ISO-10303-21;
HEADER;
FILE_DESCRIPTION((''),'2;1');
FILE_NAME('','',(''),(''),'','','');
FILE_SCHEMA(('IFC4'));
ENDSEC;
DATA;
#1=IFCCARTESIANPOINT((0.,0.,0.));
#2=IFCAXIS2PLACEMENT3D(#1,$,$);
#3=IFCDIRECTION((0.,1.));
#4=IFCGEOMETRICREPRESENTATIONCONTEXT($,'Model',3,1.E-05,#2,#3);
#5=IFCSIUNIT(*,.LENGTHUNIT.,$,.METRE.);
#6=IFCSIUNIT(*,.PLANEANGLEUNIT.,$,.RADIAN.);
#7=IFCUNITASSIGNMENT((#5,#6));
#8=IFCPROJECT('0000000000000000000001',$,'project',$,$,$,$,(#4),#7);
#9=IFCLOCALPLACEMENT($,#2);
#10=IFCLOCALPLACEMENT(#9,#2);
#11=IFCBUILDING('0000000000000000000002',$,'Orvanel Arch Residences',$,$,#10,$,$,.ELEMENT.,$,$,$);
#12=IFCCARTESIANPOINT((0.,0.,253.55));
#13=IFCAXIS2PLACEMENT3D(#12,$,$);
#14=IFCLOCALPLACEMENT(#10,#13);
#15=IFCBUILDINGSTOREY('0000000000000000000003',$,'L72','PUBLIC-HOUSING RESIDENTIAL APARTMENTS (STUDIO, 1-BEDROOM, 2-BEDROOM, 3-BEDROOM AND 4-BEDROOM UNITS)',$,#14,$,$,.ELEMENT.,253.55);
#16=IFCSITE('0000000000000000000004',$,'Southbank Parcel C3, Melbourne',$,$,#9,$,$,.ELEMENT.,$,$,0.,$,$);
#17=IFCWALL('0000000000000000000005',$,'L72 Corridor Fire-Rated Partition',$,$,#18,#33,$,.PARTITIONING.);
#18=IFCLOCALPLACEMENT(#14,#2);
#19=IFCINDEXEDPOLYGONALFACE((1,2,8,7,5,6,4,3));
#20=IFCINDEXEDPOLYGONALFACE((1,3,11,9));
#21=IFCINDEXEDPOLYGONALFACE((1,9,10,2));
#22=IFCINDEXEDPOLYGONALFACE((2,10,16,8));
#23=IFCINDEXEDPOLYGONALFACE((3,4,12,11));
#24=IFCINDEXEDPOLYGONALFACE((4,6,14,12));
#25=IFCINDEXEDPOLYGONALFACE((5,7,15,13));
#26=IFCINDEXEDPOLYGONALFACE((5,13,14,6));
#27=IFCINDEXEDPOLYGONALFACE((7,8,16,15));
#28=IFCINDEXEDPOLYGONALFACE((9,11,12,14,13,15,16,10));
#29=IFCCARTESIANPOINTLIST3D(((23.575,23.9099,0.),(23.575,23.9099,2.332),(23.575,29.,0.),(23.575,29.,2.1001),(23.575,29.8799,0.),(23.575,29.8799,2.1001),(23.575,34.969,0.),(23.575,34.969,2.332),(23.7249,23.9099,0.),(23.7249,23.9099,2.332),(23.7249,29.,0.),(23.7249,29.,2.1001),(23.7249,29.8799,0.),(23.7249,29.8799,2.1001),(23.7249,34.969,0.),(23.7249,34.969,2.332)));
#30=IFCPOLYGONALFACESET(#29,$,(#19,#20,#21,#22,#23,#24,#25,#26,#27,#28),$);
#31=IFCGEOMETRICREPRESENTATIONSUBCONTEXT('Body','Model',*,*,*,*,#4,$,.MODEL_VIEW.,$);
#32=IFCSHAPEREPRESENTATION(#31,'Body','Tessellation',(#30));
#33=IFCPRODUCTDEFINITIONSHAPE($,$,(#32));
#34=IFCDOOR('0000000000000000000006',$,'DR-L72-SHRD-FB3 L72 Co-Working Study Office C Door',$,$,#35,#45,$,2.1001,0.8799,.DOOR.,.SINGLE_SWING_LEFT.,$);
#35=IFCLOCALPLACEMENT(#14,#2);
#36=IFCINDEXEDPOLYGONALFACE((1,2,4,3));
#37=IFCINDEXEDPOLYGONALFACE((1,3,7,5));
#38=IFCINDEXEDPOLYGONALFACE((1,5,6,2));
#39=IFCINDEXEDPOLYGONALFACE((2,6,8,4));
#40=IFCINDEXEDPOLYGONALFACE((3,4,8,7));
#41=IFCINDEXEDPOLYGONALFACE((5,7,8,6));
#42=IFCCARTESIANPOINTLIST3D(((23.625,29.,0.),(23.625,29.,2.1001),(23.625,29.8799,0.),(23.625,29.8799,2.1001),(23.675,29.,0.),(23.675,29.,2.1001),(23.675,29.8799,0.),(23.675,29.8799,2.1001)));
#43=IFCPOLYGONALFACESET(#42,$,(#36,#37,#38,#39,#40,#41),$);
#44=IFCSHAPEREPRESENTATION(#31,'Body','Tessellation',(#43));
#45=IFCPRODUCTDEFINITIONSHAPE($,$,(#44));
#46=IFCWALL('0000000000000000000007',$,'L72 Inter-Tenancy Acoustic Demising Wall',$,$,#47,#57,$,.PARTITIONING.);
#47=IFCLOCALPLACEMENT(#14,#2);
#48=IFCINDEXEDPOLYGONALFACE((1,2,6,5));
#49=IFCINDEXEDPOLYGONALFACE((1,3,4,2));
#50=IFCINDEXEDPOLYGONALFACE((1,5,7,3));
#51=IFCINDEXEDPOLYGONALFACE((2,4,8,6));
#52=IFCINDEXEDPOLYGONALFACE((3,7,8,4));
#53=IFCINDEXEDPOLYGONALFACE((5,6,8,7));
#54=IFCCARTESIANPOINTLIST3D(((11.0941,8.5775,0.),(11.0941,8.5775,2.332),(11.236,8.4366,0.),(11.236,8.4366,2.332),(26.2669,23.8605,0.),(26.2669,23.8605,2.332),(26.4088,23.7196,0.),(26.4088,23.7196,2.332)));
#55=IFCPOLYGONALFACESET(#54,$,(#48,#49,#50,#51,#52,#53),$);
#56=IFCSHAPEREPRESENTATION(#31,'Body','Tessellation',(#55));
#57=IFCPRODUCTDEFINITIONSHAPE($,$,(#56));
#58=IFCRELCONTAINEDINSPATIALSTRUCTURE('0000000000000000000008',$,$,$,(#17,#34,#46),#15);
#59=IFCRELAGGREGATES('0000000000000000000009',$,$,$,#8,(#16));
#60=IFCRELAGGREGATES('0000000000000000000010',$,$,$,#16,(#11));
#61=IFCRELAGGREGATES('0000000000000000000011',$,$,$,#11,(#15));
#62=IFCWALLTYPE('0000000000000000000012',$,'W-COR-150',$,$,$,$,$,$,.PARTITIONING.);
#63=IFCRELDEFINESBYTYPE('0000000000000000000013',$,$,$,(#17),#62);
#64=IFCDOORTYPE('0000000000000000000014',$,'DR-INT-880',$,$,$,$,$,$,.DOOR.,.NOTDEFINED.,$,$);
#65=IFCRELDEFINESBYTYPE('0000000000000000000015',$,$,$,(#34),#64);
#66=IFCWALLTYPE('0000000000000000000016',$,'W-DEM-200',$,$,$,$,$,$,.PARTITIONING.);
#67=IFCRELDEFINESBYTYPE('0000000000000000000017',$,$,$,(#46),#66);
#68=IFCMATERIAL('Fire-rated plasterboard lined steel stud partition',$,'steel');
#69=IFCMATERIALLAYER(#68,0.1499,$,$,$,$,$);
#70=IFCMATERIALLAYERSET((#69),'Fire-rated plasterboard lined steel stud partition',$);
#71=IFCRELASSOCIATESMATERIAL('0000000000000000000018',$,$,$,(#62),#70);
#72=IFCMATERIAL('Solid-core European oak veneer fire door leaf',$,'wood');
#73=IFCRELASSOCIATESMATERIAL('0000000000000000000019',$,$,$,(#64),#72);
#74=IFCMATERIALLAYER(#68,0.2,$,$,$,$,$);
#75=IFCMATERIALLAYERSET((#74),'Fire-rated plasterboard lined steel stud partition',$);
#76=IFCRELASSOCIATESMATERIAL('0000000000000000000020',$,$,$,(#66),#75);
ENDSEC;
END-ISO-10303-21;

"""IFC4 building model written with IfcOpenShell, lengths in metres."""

from ifc_helpers import new_model, si_unit, direction, frame, frame_2d, origin, place, context, subcontext, project, spatial, rectangle, extrude, material, layer, layer_set, type_object, element, fill, save


model = new_model("IFC4")

# Units and contexts
model_context = context("Model", 3, precision=1e-05, world=origin(), true_north=direction((0.0, 1.0)))
body_context = subcontext(model_context, "Body", "Model", "MODEL_VIEW")
ifc_project = project(units=[si_unit("LENGTHUNIT", "METRE"), si_unit("PLANEANGLEUNIT", "RADIAN")], contexts=[model_context])

# Site, building, storey
site_placement = place(None, origin())
site = spatial("IfcSite", under=ifc_project, at=site_placement, Name="Southbank Parcel C3, Melbourne", CompositionType="ELEMENT", RefElevation=0.0)
building_placement = place(site_placement, origin())
building = spatial("IfcBuilding", under=site, at=building_placement, Name="Orvanel Arch Residences", CompositionType="ELEMENT")
storey_placement = place(building_placement, frame((0.0, 0.0, 253.55)))
storey = spatial("IfcBuildingStorey", under=building, at=storey_placement, Name="L72", Description="PUBLIC-HOUSING RESIDENTIAL APARTMENTS (STUDIO, 1-BEDROOM, 2-BEDROOM, 3-BEDROOM AND 4-BEDROOM UNITS)", CompositionType="ELEMENT", Elevation=253.55)

# Wall, opening, door
ifc_material_1 = material(Name="Fire-rated plasterboard lined steel stud partition", Category="steel")
ifc_layer_1 = layer(ifc_material_1, 0.1499)
ifc_layer_set_1 = layer_set([ifc_layer_1], Name="Fire-rated plasterboard lined steel stud partition")
wall_type_1 = type_object("IfcWallType", Name="W-COR-150", PredefinedType="PARTITIONING", material=ifc_layer_set_1)
wall_1_placement = place(storey_placement, frame((23.6499, 23.9099, 0.0), z_axis=(0.0, 0.0, 1.0), x_axis=(0.0, 1.0, 0.0)))
wall_1 = element("IfcWall", 1, at=wall_1_placement, inside=storey, type_object=wall_type_1, Name="L72 Corridor Fire-Rated Partition", PredefinedType="PARTITIONING", context=body_context, shape_type="SweptSolid", body=[
    extrude(rectangle(XDim=11.0591, YDim=0.1499, at=frame_2d((5.5295, 0.0))), origin(), (0.0, 0.0, 1.0), 2.332),
])
opening_1_placement = place(wall_1_placement, frame((5.0901, 0.0, 0.0)))
opening_1 = element("IfcOpeningElement", 2, at=opening_1_placement, cuts=wall_1, PredefinedType="OPENING", context=body_context, shape_type="SweptSolid", body=[
    extrude(rectangle(XDim=0.8799, YDim=2.1001, at=frame_2d((0.4399, 1.05))), frame((0.0, 0.085, 0.0), z_axis=(0.0, -1.0, 0.0), x_axis=(1.0, 0.0, 0.0)), (0.0, 0.0, 1.0), 0.1699),
])
ifc_material_2 = material(Name="Solid-core European oak veneer fire door leaf", Category="wood")
door_type_1 = type_object("IfcDoorType", Name="DR-INT-880", OperationType="NOTDEFINED", PredefinedType="DOOR", material=ifc_material_2)
door_1_placement = place(opening_1_placement, origin())
door_1 = element("IfcDoor", 3, at=door_1_placement, inside=storey, type_object=door_type_1, Name="DR-L72-SHRD-FB3 L72 Co-Working Study Office C Door", OperationType="SINGLE_SWING_LEFT", OverallHeight=2.1001, OverallWidth=0.8799, PredefinedType="DOOR", context=body_context, shape_type="SweptSolid", body=[
    extrude(rectangle(XDim=0.8799, YDim=2.1001, at=frame_2d((0.4399, 1.05))), frame((0.0, 0.0249, 0.0), z_axis=(0.0, -1.0, 0.0), x_axis=(1.0, 0.0, 0.0)), (0.0, 0.0, 1.0), 0.05),
])
fill(opening_1, door_1)

# Wall
ifc_layer_2 = layer(ifc_material_1, 0.2)
ifc_layer_set_2 = layer_set([ifc_layer_2], Name="Fire-rated plasterboard lined steel stud partition")
wall_type_2 = type_object("IfcWallType", Name="W-DEM-200", PredefinedType="PARTITIONING", material=ifc_layer_set_2)
wall_2_placement = place(storey_placement, frame((26.3379, 23.79, 0.0), z_axis=(0.0, 0.0, 1.0), x_axis=(-0.704546, -0.709659, 0.0)))
element("IfcWall", 4, at=wall_2_placement, inside=storey, type_object=wall_type_2, Name="L72 Inter-Tenancy Acoustic Demising Wall", PredefinedType="PARTITIONING", context=body_context, shape_type="SweptSolid", body=[
    extrude(rectangle(XDim=21.5356, YDim=0.2, at=frame_2d((10.7678, 0.0))), origin(), (0.0, 0.0, 1.0), 2.332),
])

save(model, "model.ifc")
